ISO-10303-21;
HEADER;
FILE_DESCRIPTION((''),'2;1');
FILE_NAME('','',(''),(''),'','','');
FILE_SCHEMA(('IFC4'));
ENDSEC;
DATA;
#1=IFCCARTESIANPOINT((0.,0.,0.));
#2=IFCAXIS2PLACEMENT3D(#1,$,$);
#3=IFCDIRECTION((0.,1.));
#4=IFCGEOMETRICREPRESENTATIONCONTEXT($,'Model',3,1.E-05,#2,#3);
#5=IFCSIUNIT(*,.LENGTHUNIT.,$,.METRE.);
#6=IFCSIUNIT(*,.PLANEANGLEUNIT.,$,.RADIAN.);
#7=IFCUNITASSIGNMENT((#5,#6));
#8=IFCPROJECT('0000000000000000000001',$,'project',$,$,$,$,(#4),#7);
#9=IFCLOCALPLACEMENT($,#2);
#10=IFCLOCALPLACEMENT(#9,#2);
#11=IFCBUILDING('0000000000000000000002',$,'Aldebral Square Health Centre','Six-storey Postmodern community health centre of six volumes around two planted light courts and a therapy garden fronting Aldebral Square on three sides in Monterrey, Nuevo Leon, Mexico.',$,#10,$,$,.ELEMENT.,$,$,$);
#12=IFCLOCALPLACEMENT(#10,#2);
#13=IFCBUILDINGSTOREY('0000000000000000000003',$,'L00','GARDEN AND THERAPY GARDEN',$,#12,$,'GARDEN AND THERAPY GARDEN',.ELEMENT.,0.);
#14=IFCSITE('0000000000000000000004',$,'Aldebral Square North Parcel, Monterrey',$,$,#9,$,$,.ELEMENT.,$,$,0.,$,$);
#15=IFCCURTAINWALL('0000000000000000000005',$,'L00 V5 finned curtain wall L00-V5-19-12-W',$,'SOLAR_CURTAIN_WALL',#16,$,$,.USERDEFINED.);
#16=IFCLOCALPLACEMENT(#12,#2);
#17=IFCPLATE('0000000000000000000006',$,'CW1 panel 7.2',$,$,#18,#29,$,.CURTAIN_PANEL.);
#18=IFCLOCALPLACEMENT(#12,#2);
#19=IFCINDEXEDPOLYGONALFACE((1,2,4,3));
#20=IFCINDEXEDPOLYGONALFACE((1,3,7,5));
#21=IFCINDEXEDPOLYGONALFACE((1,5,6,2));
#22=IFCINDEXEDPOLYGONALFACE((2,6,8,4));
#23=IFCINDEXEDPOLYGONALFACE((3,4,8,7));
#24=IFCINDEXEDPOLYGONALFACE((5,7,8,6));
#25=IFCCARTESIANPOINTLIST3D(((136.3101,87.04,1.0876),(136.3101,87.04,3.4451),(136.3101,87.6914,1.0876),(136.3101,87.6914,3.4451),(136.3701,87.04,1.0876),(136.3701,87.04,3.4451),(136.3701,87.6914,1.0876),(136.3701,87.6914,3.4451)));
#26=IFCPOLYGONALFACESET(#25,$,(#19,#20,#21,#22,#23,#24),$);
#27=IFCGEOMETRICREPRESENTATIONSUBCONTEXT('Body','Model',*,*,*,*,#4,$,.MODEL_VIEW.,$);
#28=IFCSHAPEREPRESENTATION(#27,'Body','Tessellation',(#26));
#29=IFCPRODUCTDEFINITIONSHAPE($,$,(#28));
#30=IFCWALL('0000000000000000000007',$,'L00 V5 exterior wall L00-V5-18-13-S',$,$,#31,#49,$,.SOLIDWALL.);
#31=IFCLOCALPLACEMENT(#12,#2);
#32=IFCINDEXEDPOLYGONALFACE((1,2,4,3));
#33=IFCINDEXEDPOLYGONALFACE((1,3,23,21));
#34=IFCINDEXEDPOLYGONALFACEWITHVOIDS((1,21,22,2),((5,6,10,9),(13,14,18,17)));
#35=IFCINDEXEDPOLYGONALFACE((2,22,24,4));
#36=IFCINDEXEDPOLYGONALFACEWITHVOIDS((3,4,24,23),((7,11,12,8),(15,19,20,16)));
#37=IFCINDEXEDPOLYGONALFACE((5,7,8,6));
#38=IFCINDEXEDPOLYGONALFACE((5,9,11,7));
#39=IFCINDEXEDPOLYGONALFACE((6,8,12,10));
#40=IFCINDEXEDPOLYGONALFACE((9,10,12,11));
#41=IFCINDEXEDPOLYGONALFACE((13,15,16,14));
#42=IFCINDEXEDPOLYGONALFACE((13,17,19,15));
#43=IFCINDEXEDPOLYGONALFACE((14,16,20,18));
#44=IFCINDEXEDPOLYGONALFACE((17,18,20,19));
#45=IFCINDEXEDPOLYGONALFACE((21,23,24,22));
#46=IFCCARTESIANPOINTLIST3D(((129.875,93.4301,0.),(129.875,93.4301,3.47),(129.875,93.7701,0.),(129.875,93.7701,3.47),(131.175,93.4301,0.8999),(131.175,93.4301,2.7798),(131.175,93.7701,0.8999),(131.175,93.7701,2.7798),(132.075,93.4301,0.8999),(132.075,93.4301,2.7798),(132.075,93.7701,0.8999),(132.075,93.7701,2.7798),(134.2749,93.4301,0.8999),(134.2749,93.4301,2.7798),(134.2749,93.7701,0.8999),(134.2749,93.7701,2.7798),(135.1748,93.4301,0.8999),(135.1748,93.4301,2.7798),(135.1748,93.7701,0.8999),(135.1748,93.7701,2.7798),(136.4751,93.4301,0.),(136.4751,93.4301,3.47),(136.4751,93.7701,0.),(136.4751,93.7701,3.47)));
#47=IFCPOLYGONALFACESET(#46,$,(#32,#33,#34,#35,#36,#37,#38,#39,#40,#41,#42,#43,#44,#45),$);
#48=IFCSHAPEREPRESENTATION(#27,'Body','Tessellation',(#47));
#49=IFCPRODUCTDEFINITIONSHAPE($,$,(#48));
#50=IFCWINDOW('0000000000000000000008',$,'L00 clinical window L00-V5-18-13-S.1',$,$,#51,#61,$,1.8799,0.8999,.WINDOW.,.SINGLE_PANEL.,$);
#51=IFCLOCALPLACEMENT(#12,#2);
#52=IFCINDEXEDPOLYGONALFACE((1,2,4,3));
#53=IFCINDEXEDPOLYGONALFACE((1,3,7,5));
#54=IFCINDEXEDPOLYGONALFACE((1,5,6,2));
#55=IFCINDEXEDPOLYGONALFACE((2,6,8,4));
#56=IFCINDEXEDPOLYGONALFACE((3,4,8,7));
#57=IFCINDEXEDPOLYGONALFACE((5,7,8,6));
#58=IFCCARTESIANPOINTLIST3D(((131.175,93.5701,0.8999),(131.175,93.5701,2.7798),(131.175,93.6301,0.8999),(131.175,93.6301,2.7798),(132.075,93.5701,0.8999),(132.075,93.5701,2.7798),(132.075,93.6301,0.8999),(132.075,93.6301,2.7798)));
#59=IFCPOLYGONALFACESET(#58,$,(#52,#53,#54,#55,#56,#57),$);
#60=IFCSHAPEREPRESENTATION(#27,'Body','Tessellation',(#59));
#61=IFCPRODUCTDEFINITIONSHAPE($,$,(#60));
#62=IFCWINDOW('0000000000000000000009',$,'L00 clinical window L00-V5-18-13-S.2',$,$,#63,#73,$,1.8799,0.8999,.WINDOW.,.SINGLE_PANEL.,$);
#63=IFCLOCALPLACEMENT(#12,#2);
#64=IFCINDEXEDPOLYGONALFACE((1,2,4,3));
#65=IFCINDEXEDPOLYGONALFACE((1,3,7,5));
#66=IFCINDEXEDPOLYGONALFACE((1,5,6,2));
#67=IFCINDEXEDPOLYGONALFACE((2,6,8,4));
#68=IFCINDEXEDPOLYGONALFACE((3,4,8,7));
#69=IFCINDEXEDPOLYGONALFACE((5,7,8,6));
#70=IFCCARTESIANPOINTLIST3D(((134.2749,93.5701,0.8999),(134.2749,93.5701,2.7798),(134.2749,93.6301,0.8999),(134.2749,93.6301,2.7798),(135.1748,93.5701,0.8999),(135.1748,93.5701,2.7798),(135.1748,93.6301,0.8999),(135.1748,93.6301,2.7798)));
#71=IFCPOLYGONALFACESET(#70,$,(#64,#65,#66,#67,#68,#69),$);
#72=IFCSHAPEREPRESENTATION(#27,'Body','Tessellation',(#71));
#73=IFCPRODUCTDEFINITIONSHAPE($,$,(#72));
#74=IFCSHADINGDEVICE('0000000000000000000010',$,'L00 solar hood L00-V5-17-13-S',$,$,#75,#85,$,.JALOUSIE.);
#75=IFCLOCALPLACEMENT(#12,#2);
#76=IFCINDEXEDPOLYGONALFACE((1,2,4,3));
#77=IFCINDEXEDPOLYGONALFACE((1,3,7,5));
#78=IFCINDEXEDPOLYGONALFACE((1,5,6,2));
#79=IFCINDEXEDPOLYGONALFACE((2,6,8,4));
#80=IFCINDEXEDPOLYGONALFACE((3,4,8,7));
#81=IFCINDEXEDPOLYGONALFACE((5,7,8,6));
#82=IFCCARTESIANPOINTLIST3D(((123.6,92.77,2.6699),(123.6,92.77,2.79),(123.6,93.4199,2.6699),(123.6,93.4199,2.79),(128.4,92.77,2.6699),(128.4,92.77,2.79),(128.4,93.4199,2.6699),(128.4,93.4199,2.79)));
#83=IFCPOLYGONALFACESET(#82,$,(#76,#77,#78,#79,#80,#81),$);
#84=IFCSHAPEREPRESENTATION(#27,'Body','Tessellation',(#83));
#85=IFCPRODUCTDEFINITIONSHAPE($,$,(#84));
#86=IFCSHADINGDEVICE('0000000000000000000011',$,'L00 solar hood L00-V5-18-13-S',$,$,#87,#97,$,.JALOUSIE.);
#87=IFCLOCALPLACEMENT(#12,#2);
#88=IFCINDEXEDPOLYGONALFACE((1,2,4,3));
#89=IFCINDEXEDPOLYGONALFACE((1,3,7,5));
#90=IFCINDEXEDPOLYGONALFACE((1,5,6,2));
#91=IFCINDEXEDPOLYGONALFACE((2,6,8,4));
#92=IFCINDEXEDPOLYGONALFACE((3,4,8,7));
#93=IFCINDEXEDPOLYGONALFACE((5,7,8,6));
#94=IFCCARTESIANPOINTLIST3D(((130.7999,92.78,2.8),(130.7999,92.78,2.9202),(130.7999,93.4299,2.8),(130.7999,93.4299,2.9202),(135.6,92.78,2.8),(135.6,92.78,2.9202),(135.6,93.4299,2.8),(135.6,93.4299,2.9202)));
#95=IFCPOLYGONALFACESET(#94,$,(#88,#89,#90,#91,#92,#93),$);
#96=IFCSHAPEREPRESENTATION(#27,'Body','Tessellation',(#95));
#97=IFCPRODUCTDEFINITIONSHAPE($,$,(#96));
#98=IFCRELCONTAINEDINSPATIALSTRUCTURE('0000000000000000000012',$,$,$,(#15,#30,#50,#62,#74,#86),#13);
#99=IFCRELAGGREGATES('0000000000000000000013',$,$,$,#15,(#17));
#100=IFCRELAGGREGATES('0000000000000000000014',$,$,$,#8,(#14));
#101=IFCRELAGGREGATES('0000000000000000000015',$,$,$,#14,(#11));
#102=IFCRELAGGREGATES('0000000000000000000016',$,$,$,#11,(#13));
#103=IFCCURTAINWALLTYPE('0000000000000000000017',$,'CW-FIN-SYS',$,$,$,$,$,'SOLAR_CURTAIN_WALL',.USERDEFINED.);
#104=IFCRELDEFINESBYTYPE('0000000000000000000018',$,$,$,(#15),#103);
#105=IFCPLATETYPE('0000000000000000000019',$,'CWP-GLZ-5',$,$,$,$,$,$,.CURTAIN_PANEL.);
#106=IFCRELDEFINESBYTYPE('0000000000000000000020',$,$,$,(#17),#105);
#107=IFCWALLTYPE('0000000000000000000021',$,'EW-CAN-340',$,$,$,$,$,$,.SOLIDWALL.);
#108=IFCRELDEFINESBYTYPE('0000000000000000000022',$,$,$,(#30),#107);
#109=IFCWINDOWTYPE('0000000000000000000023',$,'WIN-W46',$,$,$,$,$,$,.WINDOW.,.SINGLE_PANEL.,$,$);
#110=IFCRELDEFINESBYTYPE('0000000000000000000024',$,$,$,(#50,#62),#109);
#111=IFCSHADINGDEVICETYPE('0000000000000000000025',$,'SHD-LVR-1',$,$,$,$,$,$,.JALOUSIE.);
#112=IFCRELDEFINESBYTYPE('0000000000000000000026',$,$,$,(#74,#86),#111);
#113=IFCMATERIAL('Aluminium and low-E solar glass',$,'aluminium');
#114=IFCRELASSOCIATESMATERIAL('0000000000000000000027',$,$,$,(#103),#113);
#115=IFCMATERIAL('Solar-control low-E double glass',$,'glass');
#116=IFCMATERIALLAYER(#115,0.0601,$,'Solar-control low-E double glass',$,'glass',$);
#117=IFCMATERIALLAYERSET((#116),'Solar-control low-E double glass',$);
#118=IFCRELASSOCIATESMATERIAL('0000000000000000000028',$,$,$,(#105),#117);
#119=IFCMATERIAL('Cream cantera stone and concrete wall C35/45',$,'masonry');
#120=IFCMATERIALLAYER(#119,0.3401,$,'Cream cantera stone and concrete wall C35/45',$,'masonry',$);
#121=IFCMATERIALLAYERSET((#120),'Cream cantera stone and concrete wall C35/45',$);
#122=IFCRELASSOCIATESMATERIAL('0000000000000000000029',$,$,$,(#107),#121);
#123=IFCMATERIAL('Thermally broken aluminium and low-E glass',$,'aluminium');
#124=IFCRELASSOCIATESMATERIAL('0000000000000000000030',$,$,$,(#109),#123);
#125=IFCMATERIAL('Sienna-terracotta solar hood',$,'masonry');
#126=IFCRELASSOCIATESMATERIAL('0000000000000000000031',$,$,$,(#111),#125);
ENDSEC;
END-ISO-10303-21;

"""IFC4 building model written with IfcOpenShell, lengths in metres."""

from ifc_helpers import new_model, si_unit, direction, frame, frame_2d, origin, origin_2d, place, context, subcontext, project, spatial, rectangle, extrude, material, layer, layer_set, type_object, element, fill, aggregate, save


model = new_model("IFC4")

# Units and contexts
model_context = context("Model", 3, precision=1e-05, world=origin(), true_north=direction((0.0, 1.0)))
body_context = subcontext(model_context, "Body", "Model", "MODEL_VIEW")
ifc_project = project(units=[si_unit("LENGTHUNIT", "METRE"), si_unit("PLANEANGLEUNIT", "RADIAN")], contexts=[model_context])

# Site, building, storey
site_placement = place(None, origin())
site = spatial("IfcSite", under=ifc_project, at=site_placement, Name="Aldebral Square North Parcel, Monterrey", CompositionType="ELEMENT", RefElevation=0.0)
building_placement = place(site_placement, origin())
building = spatial("IfcBuilding", under=site, at=building_placement, Name="Aldebral Square Health Centre", Description="Six-storey Postmodern community health centre of six volumes around two planted light courts and a therapy garden fronting Aldebral Square on three sides in Monterrey, Nuevo Leon, Mexico.", CompositionType="ELEMENT")
storey_placement = place(building_placement, origin())
storey = spatial("IfcBuildingStorey", under=building, at=storey_placement, Name="L00", Description="GARDEN AND THERAPY GARDEN", LongName="GARDEN AND THERAPY GARDEN", CompositionType="ELEMENT", Elevation=0.0)

# Curtain wall, plate
ifc_material_1 = material(Name="Aluminium and low-E solar glass", Category="aluminium")
curtain_wall_type = type_object("IfcCurtainWallType", Name="CW-FIN-SYS", ElementType="SOLAR_CURTAIN_WALL", PredefinedType="USERDEFINED", material=ifc_material_1)
curtain_wall_placement = place(storey_placement, origin())
curtain_wall = element("IfcCurtainWall", 1, at=curtain_wall_placement, inside=storey, type_object=curtain_wall_type, Name="L00 V5 finned curtain wall L00-V5-19-12-W", ObjectType="SOLAR_CURTAIN_WALL", PredefinedType="USERDEFINED")
ifc_material_2 = material(Name="Solar-control low-E double glass", Category="glass")
ifc_layer_1 = layer(ifc_material_2, 0.0601, Name="Solar-control low-E double glass", Category="glass")
ifc_layer_set_1 = layer_set([ifc_layer_1], Name="Solar-control low-E double glass")
plate_type = type_object("IfcPlateType", Name="CWP-GLZ-5", PredefinedType="CURTAIN_PANEL", material=ifc_layer_set_1)
plate_1_placement = place(storey_placement, frame((136.3401, 87.3657, 1.0876), z_axis=(0.0, 0.0, 1.0), x_axis=(0.0, -1.0, 0.0)))
plate_1 = element("IfcPlate", 2, at=plate_1_placement, type_object=plate_type, Name="CW1 panel 7.2", PredefinedType="CURTAIN_PANEL", context=body_context, shape_type="SweptSolid", body=[
    extrude(rectangle(XDim=0.6514, YDim=0.0601, at=origin_2d()), origin(), (0.0, 0.0, 1.0), 2.3574),
])
aggregate(curtain_wall, [plate_1])

# Wall, openings, windows
ifc_material_3 = material(Name="Cream cantera stone and concrete wall C35/45", Category="masonry")
ifc_layer_2 = layer(ifc_material_3, 0.3401, Name="Cream cantera stone and concrete wall C35/45", Category="masonry")
ifc_layer_set_2 = layer_set([ifc_layer_2], Name="Cream cantera stone and concrete wall C35/45")
wall_type = type_object("IfcWallType", Name="EW-CAN-340", PredefinedType="SOLIDWALL", material=ifc_layer_set_2)
wall_placement = place(storey_placement, frame((129.875, 93.6001, 0.0), z_axis=(0.0, 0.0, 1.0), x_axis=(1.0, 0.0, 0.0)))
wall = element("IfcWall", 3, at=wall_placement, inside=storey, type_object=wall_type, Name="L00 V5 exterior wall L00-V5-18-13-S", PredefinedType="SOLIDWALL", context=body_context, shape_type="SweptSolid", body=[
    extrude(rectangle(XDim=6.6001, YDim=0.3401, at=frame_2d((3.3, 0.0))), origin(), (0.0, 0.0, 1.0), 3.47),
])
opening_1_placement = place(wall_placement, frame((1.3, 0.0, 0.8999)))
opening_1 = element("IfcOpeningElement", 4, at=opening_1_placement, cuts=wall, PredefinedType="OPENING", context=body_context, shape_type="SweptSolid", body=[
    extrude(rectangle(XDim=0.8999, YDim=1.8799, at=frame_2d((0.45, 0.9399))), frame((0.0, 0.1802, 0.0), z_axis=(0.0, -1.0, 0.0), x_axis=(1.0, 0.0, 0.0)), (0.0, 0.0, 1.0), 0.3601),
])
opening_2_placement = place(wall_placement, frame((4.3999, 0.0, 0.8999)))
opening_2 = element("IfcOpeningElement", 5, at=opening_2_placement, cuts=wall, PredefinedType="OPENING", context=body_context, shape_type="SweptSolid", body=[
    extrude(rectangle(XDim=0.8999, YDim=1.8799, at=frame_2d((0.45, 0.9399))), frame((0.0, 0.1802, 0.0), z_axis=(0.0, -1.0, 0.0), x_axis=(1.0, 0.0, 0.0)), (0.0, 0.0, 1.0), 0.3601),
])
ifc_material_4 = material(Name="Thermally broken aluminium and low-E glass", Category="aluminium")
window_type = type_object("IfcWindowType", Name="WIN-W46", PartitioningType="SINGLE_PANEL", PredefinedType="WINDOW", material=ifc_material_4)
window_1_placement = place(opening_1_placement, origin())
window_1 = element("IfcWindow", 6, at=window_1_placement, inside=storey, type_object=window_type, Name="L00 clinical window L00-V5-18-13-S.1", OverallHeight=1.8799, OverallWidth=0.8999, PartitioningType="SINGLE_PANEL", PredefinedType="WINDOW", context=body_context, shape_type="SweptSolid", body=[
    extrude(rectangle(XDim=0.8999, YDim=1.8799, at=frame_2d((0.45, 0.9399))), frame((0.0, 0.03, 0.0), z_axis=(0.0, -1.0, 0.0), x_axis=(1.0, 0.0, 0.0)), (0.0, 0.0, 1.0), 0.0601),
])
fill(opening_1, window_1)
window_2_placement = place(opening_2_placement, origin())
window_2 = element("IfcWindow", 7, at=window_2_placement, inside=storey, type_object=window_type, Name="L00 clinical window L00-V5-18-13-S.2", OverallHeight=1.8799, OverallWidth=0.8999, PartitioningType="SINGLE_PANEL", PredefinedType="WINDOW", context=body_context, shape_type="SweptSolid", body=[
    extrude(rectangle(XDim=0.8999, YDim=1.8799, at=frame_2d((0.45, 0.9399))), frame((0.0, 0.03, 0.0), z_axis=(0.0, -1.0, 0.0), x_axis=(1.0, 0.0, 0.0)), (0.0, 0.0, 1.0), 0.0601),
])
fill(opening_2, window_2)

# Shading devices
ifc_material_5 = material(Name="Sienna-terracotta solar hood", Category="masonry")
shading_device_type = type_object("IfcShadingDeviceType", Name="SHD-LVR-1", PredefinedType="JALOUSIE", material=ifc_material_5)
for number, where, z_axis, x_axis, name in (
    (8, (126.0, 93.095, 2.6699), (0.0, 0.0, 1.0), (1.0, 0.0, 0.0), "L00 solar hood L00-V5-17-13-S"),
    (9, (133.2, 93.105, 2.8), (0.0, 0.0, 1.0), (1.0, 0.0, 0.0), "L00 solar hood L00-V5-18-13-S"),
):
    element("IfcShadingDevice", number, at=place(storey_placement, frame(where, z_axis=z_axis, x_axis=x_axis)), inside=storey, type_object=shading_device_type, Name=name, PredefinedType="JALOUSIE", context=body_context, shape_type="SweptSolid", body=[
        extrude(rectangle(XDim=4.8, YDim=0.6499, at=origin_2d()), origin(), (0.0, 0.0, 1.0), 0.1201),
    ])

save(model, "model.ifc")
